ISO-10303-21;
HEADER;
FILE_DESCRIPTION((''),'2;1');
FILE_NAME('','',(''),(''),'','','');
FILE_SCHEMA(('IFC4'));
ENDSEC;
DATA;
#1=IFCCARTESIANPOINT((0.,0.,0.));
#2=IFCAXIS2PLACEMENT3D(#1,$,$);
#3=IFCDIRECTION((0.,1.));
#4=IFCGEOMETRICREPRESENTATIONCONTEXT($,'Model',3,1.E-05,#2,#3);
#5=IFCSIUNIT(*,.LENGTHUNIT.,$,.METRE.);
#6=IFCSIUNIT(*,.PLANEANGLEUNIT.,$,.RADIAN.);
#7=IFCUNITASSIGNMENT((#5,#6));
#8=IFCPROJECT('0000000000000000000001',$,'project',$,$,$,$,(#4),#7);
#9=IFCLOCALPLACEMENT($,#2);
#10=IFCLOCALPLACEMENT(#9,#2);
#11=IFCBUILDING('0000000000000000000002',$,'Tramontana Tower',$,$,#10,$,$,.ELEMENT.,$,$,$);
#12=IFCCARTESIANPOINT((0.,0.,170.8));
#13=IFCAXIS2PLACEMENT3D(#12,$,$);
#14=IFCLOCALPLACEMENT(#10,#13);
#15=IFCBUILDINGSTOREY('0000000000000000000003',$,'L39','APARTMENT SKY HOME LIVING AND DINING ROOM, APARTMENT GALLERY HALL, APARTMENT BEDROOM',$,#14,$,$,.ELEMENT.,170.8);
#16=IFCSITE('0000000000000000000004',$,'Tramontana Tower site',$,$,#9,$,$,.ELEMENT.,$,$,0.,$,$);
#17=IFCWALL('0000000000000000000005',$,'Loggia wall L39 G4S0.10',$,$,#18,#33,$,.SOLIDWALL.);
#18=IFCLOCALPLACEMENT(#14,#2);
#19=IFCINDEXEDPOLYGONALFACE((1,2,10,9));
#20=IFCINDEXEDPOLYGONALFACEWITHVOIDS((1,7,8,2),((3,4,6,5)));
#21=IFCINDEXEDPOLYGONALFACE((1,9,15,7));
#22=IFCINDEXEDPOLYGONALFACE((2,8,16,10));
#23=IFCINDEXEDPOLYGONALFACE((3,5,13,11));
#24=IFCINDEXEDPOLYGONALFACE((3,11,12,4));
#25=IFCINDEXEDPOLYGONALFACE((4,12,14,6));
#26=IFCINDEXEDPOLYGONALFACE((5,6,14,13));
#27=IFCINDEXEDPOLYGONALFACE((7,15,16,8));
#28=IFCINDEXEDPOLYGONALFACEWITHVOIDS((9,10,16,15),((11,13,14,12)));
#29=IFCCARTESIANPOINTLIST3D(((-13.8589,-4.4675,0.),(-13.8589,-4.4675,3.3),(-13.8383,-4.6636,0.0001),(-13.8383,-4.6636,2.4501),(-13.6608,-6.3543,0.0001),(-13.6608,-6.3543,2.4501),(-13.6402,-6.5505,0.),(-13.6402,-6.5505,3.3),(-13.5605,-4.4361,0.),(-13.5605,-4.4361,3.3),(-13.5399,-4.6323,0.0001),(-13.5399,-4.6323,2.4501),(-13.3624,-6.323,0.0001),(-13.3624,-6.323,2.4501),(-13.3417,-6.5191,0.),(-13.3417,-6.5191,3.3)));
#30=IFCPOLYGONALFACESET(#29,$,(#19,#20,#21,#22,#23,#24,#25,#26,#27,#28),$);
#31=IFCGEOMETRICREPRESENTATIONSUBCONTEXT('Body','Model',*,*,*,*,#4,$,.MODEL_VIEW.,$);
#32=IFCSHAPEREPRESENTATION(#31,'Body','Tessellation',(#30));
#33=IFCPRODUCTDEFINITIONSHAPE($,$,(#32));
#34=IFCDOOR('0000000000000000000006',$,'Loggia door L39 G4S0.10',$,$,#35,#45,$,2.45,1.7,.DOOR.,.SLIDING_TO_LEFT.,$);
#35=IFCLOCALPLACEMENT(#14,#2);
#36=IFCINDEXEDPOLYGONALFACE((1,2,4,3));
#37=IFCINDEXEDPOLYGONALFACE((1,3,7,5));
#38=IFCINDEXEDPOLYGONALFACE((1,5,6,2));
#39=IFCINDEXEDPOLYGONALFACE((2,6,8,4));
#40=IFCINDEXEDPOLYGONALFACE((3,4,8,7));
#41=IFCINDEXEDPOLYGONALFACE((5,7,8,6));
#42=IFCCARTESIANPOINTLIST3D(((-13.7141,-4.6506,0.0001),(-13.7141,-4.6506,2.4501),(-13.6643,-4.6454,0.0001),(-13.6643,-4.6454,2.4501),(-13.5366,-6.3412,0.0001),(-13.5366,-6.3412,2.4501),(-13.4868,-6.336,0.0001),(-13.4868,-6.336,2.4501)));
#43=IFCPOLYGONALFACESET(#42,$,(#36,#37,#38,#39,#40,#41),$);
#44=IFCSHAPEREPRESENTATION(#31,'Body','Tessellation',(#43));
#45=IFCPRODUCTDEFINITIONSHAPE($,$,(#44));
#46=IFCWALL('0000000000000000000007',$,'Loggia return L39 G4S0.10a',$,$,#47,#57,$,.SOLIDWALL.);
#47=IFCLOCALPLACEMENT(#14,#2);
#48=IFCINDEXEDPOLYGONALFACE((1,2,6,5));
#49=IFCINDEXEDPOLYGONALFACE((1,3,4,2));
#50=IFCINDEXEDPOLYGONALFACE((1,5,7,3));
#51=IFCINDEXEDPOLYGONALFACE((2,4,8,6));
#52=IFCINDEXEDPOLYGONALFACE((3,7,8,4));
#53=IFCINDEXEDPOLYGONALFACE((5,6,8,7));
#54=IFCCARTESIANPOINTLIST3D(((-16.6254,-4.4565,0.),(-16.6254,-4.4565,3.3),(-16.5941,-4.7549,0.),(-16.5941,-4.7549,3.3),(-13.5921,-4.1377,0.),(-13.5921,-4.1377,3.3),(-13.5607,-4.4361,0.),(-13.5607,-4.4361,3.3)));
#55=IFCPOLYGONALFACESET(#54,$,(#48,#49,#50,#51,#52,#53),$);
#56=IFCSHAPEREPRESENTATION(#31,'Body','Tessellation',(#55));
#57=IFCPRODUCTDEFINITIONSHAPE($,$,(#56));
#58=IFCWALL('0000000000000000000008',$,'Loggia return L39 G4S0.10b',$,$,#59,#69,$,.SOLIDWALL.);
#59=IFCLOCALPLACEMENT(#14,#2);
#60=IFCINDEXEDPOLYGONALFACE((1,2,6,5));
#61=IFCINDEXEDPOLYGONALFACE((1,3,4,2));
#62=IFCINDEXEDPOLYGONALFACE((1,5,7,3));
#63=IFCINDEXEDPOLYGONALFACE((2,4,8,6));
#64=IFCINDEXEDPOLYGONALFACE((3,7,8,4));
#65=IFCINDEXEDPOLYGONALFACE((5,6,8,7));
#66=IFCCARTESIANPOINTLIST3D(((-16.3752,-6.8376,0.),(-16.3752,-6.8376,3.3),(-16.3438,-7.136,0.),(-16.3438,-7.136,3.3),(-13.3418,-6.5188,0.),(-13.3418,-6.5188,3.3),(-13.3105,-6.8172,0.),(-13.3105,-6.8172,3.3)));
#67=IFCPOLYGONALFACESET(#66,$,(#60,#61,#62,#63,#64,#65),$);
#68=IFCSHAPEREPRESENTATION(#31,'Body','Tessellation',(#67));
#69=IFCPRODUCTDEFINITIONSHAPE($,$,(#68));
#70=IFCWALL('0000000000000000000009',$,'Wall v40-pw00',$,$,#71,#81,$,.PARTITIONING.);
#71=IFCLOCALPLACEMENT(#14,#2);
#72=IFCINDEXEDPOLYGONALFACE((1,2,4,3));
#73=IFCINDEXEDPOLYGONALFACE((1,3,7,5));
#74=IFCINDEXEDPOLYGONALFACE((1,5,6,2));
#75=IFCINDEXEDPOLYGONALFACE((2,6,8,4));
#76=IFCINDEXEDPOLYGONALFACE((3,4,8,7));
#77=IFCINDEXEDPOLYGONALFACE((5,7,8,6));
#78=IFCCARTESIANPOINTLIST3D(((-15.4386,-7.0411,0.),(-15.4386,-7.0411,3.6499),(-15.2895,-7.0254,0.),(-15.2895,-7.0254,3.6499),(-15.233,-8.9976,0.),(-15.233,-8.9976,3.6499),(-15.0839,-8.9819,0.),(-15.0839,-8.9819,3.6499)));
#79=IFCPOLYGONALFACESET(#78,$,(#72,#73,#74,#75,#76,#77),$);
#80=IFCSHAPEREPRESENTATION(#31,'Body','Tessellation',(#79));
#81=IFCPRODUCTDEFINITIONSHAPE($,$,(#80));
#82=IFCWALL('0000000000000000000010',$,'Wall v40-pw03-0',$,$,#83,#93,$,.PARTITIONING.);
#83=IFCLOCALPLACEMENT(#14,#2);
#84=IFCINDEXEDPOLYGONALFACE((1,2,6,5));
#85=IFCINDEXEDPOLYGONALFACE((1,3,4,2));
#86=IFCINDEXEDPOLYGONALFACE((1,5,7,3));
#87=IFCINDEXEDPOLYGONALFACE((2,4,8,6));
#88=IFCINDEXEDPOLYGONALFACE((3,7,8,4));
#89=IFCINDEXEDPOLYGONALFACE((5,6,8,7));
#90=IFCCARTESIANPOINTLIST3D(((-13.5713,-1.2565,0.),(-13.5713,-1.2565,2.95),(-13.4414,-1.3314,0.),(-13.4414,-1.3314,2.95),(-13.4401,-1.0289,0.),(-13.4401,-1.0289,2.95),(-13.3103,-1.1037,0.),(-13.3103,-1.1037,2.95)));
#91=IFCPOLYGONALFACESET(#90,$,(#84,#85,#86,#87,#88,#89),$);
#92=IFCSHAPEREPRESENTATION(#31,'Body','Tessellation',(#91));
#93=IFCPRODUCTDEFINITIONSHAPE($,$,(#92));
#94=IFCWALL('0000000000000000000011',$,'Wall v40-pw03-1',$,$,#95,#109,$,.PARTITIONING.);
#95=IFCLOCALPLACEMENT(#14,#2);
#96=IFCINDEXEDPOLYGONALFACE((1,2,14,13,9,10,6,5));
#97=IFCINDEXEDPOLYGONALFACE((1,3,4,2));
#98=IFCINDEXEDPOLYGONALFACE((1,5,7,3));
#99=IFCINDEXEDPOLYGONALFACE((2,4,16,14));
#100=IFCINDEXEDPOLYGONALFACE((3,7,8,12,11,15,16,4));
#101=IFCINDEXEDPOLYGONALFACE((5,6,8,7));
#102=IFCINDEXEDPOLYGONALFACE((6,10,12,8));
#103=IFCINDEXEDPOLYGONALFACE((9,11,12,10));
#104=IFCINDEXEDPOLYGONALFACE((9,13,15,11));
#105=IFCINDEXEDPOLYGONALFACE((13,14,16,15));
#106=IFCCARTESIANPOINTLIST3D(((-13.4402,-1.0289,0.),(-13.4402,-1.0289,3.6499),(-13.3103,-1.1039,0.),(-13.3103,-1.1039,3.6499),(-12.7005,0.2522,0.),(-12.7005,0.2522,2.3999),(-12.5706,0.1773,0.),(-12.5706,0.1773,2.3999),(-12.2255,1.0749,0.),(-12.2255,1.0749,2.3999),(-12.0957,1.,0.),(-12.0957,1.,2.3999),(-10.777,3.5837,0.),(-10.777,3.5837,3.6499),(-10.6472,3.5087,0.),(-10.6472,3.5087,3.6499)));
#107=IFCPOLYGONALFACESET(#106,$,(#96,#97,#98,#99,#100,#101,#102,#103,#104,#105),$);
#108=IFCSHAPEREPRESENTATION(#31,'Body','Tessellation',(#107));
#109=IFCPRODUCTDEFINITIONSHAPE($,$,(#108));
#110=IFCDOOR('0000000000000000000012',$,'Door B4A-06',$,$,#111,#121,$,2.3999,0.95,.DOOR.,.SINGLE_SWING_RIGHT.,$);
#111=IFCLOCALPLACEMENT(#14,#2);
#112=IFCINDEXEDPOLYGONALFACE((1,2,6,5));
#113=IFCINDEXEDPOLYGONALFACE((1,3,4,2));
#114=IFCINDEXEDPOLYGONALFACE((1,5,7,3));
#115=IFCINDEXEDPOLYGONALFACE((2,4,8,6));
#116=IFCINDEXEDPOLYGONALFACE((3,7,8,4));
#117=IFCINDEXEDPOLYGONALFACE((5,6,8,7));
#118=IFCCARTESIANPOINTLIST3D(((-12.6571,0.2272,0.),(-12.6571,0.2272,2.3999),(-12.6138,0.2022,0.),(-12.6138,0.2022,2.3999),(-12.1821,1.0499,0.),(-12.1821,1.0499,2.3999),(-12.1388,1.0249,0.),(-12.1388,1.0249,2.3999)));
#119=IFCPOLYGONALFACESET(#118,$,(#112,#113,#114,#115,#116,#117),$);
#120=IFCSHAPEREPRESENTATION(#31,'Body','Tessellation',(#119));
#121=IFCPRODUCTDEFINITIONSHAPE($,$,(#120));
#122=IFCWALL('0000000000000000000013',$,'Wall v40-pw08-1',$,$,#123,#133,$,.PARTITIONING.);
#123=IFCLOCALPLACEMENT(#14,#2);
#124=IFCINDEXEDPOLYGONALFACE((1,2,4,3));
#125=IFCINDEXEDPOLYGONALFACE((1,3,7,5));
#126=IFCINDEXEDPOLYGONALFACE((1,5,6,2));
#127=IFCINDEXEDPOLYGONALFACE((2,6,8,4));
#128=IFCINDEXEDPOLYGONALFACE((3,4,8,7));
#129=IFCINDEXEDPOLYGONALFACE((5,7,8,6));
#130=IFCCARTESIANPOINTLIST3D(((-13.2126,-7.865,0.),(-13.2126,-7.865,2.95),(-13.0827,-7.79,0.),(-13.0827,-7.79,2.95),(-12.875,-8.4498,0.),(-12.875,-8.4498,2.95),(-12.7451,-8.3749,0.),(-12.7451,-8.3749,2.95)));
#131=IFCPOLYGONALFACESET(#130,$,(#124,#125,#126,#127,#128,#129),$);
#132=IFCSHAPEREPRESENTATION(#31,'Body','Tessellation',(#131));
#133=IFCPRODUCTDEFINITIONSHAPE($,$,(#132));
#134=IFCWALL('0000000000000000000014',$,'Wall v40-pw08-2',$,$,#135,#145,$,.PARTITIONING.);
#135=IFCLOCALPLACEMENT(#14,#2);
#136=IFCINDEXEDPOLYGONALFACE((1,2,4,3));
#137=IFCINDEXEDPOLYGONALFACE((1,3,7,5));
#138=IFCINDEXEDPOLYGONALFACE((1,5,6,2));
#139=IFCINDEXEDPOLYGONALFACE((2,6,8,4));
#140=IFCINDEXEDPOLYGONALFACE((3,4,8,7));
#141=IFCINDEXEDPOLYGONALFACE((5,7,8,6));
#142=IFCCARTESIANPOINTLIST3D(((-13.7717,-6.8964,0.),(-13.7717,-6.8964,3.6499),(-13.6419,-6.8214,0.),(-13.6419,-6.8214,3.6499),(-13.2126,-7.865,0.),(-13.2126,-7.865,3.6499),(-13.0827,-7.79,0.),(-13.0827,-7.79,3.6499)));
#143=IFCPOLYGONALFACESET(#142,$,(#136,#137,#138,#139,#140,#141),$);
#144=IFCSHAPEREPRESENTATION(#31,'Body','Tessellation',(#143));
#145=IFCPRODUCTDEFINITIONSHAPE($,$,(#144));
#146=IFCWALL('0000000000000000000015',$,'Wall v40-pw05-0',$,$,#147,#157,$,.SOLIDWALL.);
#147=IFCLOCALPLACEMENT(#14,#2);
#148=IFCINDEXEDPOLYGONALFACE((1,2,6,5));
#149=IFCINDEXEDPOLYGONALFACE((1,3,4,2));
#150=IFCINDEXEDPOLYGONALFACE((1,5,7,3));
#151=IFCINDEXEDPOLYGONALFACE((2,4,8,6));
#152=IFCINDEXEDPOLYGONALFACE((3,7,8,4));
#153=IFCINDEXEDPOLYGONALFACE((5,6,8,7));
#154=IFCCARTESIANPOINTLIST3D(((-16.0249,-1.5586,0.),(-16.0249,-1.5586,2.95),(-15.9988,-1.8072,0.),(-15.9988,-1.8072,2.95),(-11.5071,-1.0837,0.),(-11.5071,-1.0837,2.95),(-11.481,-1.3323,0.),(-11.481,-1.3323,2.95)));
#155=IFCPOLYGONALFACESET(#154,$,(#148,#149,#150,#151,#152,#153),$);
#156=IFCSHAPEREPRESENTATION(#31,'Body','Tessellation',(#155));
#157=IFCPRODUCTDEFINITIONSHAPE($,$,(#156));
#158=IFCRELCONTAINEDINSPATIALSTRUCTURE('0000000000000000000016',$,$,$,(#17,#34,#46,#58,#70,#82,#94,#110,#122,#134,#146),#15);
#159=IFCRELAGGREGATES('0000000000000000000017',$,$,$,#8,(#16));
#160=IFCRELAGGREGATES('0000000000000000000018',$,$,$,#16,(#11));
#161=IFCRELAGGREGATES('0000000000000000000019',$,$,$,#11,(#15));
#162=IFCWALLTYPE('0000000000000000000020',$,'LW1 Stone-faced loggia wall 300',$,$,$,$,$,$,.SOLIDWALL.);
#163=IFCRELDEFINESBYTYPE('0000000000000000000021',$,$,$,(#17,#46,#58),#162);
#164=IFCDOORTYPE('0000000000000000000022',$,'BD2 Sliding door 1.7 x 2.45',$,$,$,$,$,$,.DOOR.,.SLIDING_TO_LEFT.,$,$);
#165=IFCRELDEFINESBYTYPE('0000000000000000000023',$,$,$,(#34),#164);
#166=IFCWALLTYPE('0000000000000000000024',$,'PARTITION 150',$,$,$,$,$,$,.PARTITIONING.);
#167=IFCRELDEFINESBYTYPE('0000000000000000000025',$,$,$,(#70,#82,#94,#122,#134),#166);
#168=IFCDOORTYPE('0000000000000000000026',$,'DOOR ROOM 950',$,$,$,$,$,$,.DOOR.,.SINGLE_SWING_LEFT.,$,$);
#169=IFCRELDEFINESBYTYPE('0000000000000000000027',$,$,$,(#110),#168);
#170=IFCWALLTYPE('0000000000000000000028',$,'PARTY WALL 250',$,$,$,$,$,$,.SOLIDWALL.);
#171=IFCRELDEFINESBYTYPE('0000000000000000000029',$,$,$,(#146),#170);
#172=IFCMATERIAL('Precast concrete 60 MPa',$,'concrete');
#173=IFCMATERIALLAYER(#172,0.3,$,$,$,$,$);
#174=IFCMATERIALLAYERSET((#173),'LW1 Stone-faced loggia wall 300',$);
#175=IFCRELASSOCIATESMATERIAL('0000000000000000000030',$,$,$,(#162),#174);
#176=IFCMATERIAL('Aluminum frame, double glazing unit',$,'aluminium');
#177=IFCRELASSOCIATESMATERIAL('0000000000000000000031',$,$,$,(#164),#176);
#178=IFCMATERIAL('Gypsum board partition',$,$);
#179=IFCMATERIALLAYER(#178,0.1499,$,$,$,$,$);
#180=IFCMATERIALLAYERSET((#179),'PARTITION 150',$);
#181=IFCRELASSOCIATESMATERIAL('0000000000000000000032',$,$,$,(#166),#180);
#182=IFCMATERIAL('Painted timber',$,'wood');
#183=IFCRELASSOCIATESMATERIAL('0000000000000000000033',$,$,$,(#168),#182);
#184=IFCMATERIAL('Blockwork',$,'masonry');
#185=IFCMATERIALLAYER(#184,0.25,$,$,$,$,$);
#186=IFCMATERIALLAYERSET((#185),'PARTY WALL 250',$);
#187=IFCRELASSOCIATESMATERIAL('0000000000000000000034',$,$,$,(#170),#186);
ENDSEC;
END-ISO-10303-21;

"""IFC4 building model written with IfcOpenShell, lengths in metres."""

from ifc_helpers import new_model, si_unit, direction, frame, frame_2d, origin, place, context, subcontext, project, spatial, rectangle, extrude, material, layer, layer_set, type_object, element, fill, save


model = new_model("IFC4")

# Units and contexts
model_context = context("Model", 3, precision=1e-05, world=origin(), true_north=direction((0.0, 1.0)))
body_context = subcontext(model_context, "Body", "Model", "MODEL_VIEW")
ifc_project = project(units=[si_unit("LENGTHUNIT", "METRE"), si_unit("PLANEANGLEUNIT", "RADIAN")], contexts=[model_context])

# Site, building, storey
site_placement = place(None, origin())
site = spatial("IfcSite", under=ifc_project, at=site_placement, Name="Tramontana Tower site", CompositionType="ELEMENT", RefElevation=0.0)
building_placement = place(site_placement, origin())
building = spatial("IfcBuilding", under=site, at=building_placement, Name="Tramontana Tower", CompositionType="ELEMENT")
storey_placement = place(building_placement, frame((0.0, 0.0, 170.8)))
storey = spatial("IfcBuildingStorey", under=building, at=storey_placement, Name="L39", Description="APARTMENT SKY HOME LIVING AND DINING ROOM, APARTMENT GALLERY HALL, APARTMENT BEDROOM", CompositionType="ELEMENT", Elevation=170.8)

# Wall, opening, door
ifc_material_1 = material(Name="Precast concrete 60 MPa", Category="concrete")
ifc_layer_1 = layer(ifc_material_1, 0.3)
ifc_layer_set_1 = layer_set([ifc_layer_1], Name="LW1 Stone-faced loggia wall 300")
wall_type_1 = type_object("IfcWallType", Name="LW1 Stone-faced loggia wall 300", PredefinedType="SOLIDWALL", material=ifc_layer_set_1)
wall_1_placement = place(storey_placement, frame((-13.7097, -4.4517, 0.0), z_axis=(0.0, 0.0, 1.0), x_axis=(0.104442, -0.994531, 0.0)))
wall_1 = element("IfcWall", 1, at=wall_1_placement, inside=storey, type_object=wall_type_1, Name="Loggia wall L39 G4S0.10", PredefinedType="SOLIDWALL", context=body_context, shape_type="SweptSolid", body=[
    extrude(rectangle(XDim=2.0945, YDim=0.3, at=frame_2d((1.0474, 0.0))), origin(), (0.0, 0.0, 1.0), 3.3),
])
opening_1_placement = place(wall_1_placement, frame((0.1973, 0.0, 0.0)))
opening_1 = element("IfcOpeningElement", 2, at=opening_1_placement, cuts=wall_1, PredefinedType="OPENING", context=body_context, shape_type="SweptSolid", body=[
    extrude(rectangle(XDim=1.7, YDim=2.45, at=frame_2d((0.8501, 1.2251))), frame((0.0, 0.1599, 0.0), z_axis=(0.0, -1.0, 0.0), x_axis=(1.0, 0.0, 0.0)), (0.0, 0.0, 1.0), 0.3201),
])
ifc_material_2 = material(Name="Aluminum frame, double glazing unit", Category="aluminium")
door_type_1 = type_object("IfcDoorType", Name="BD2 Sliding door 1.7 x 2.45", OperationType="SLIDING_TO_LEFT", PredefinedType="DOOR", material=ifc_material_2)
door_1_placement = place(opening_1_placement, origin())
door_1 = element("IfcDoor", 3, at=door_1_placement, inside=storey, type_object=door_type_1, Name="Loggia door L39 G4S0.10", OperationType="SLIDING_TO_LEFT", OverallHeight=2.45, OverallWidth=1.7, PredefinedType="DOOR", context=body_context, shape_type="SweptSolid", body=[
    extrude(rectangle(XDim=1.7, YDim=2.45, at=frame_2d((0.8501, 1.2251))), frame((0.0, 0.0249, 0.0), z_axis=(0.0, -1.0, 0.0), x_axis=(1.0, 0.0, 0.0)), (0.0, 0.0, 1.0), 0.05),
])
fill(opening_1, door_1)

# Walls
for number, where, z_axis, x_axis, name in (
    (4, (-16.6096, -4.6057, 0.0), (0.0, 0.0, 1.0), (0.994521, 0.104535, 0.0), "Loggia return L39 G4S0.10a"),
    (5, (-16.3594, -6.9868, 0.0), (0.0, 0.0, 1.0), (0.994521, 0.104535, 0.0), "Loggia return L39 G4S0.10b"),
):
    element("IfcWall", number, at=place(storey_placement, frame(where, z_axis=z_axis, x_axis=x_axis)), inside=storey, type_object=wall_type_1, Name=name, PredefinedType="SOLIDWALL", context=body_context, shape_type="SweptSolid", body=[
        extrude(rectangle(XDim=3.05, YDim=0.3, at=frame_2d((1.5249, 0.0))), origin(), (0.0, 0.0, 1.0), 3.3),
    ])
ifc_material_3 = material(Name="Gypsum board partition")
ifc_layer_2 = layer(ifc_material_3, 0.1499)
ifc_layer_set_2 = layer_set([ifc_layer_2], Name="PARTITION 150")
wall_type_2 = type_object("IfcWallType", Name="PARTITION 150", PredefinedType="PARTITIONING", material=ifc_layer_set_2)
wall_2_placement = place(storey_placement, frame((-15.1584, -8.9897, 0.0), z_axis=(0.0, 0.0, 1.0), x_axis=(-0.104491, 0.994526, 0.0)))
element("IfcWall", 6, at=wall_2_placement, inside=storey, type_object=wall_type_2, Name="Wall v40-pw00", PredefinedType="PARTITIONING", context=body_context, shape_type="SweptSolid", body=[
    extrude(rectangle(XDim=1.9673, YDim=0.1499, at=frame_2d((0.9836, 0.0))), origin(), (0.0, 0.0, 1.0), 3.6499),
])
wall_3_placement = place(storey_placement, frame((-13.5063, -1.2939, 0.0), z_axis=(0.0, 0.0, 1.0), x_axis=(0.499239, 0.866464, 0.0)))
element("IfcWall", 7, at=wall_3_placement, inside=storey, type_object=wall_type_2, Name="Wall v40-pw03-0", PredefinedType="PARTITIONING", context=body_context, shape_type="SweptSolid", body=[
    extrude(rectangle(XDim=0.2627, YDim=0.1499, at=frame_2d((0.1313, 0.0))), origin(), (0.0, 0.0, 1.0), 2.95),
])

# Wall, opening, door
wall_4_placement = place(storey_placement, frame((-13.3752, -1.0664, 0.0), z_axis=(0.0, 0.0, 1.0), x_axis=(0.500004, 0.866023, 0.0)))
wall_4 = element("IfcWall", 8, at=wall_4_placement, inside=storey, type_object=wall_type_2, Name="Wall v40-pw03-1", PredefinedType="PARTITIONING", context=body_context, shape_type="SweptSolid", body=[
    extrude(rectangle(XDim=5.3262, YDim=0.1499, at=frame_2d((2.6631, 0.0))), origin(), (0.0, 0.0, 1.0), 3.6499),
])
opening_2_placement = place(wall_4_placement, frame((1.4792, 0.0, 0.0)))
opening_2 = element("IfcOpeningElement", 9, at=opening_2_placement, cuts=wall_4, PredefinedType="OPENING", context=body_context, shape_type="SweptSolid", body=[
    extrude(rectangle(XDim=0.95, YDim=2.3999, at=frame_2d((0.4751, 1.2))), frame((0.0, 0.085, 0.0), z_axis=(0.0, -1.0, 0.0), x_axis=(1.0, 0.0, 0.0)), (0.0, 0.0, 1.0), 0.1699),
])
ifc_material_4 = material(Name="Painted timber", Category="wood")
door_type_2 = type_object("IfcDoorType", Name="DOOR ROOM 950", OperationType="SINGLE_SWING_LEFT", PredefinedType="DOOR", material=ifc_material_4)
door_2_placement = place(opening_2_placement, origin())
door_2 = element("IfcDoor", 10, at=door_2_placement, inside=storey, type_object=door_type_2, Name="Door B4A-06", OperationType="SINGLE_SWING_RIGHT", OverallHeight=2.3999, OverallWidth=0.95, PredefinedType="DOOR", context=body_context, shape_type="SweptSolid", body=[
    extrude(rectangle(XDim=0.95, YDim=2.3999, at=frame_2d((0.4751, 1.2))), frame((0.0, 0.0249, 0.0), z_axis=(0.0, -1.0, 0.0), x_axis=(1.0, 0.0, 0.0)), (0.0, 0.0, 1.0), 0.05),
])
fill(opening_2, door_2)

# Walls
wall_5_placement = place(storey_placement, frame((-12.8101, -8.4124, 0.0), z_axis=(0.0, 0.0, 1.0), x_axis=(-0.49991, 0.866077, 0.0)))
element("IfcWall", 11, at=wall_5_placement, inside=storey, type_object=wall_type_2, Name="Wall v40-pw08-1", PredefinedType="PARTITIONING", context=body_context, shape_type="SweptSolid", body=[
    extrude(rectangle(XDim=0.6753, YDim=0.1499, at=frame_2d((0.3376, 0.0))), origin(), (0.0, 0.0, 1.0), 2.95),
])
wall_6_placement = place(storey_placement, frame((-13.1477, -7.8274, 0.0), z_axis=(0.0, 0.0, 1.0), x_axis=(-0.499943, 0.866058, 0.0)))
element("IfcWall", 12, at=wall_6_placement, inside=storey, type_object=wall_type_2, Name="Wall v40-pw08-2", PredefinedType="PARTITIONING", context=body_context, shape_type="SweptSolid", body=[
    extrude(rectangle(XDim=1.1184, YDim=0.1499, at=frame_2d((0.5591, 0.0))), origin(), (0.0, 0.0, 1.0), 3.6499),
])
ifc_material_5 = material(Name="Blockwork", Category="masonry")
ifc_layer_3 = layer(ifc_material_5, 0.25)
ifc_layer_set_3 = layer_set([ifc_layer_3], Name="PARTY WALL 250")
wall_type_3 = type_object("IfcWallType", Name="PARTY WALL 250", PredefinedType="SOLIDWALL", material=ifc_layer_set_3)
wall_7_placement = place(storey_placement, frame((-11.4939, -1.208, 0.0), z_axis=(0.0, 0.0, 1.0), x_axis=(-0.994522, -0.104531, 0.0)))
element("IfcWall", 13, at=wall_7_placement, inside=storey, type_object=wall_type_3, Name="Wall v40-pw05-0", PredefinedType="SOLIDWALL", context=body_context, shape_type="SweptSolid", body=[
    extrude(rectangle(XDim=4.5427, YDim=0.25, at=frame_2d((2.2715, 0.0))), origin(), (0.0, 0.0, 1.0), 2.95),
])

save(model, "model.ifc")
